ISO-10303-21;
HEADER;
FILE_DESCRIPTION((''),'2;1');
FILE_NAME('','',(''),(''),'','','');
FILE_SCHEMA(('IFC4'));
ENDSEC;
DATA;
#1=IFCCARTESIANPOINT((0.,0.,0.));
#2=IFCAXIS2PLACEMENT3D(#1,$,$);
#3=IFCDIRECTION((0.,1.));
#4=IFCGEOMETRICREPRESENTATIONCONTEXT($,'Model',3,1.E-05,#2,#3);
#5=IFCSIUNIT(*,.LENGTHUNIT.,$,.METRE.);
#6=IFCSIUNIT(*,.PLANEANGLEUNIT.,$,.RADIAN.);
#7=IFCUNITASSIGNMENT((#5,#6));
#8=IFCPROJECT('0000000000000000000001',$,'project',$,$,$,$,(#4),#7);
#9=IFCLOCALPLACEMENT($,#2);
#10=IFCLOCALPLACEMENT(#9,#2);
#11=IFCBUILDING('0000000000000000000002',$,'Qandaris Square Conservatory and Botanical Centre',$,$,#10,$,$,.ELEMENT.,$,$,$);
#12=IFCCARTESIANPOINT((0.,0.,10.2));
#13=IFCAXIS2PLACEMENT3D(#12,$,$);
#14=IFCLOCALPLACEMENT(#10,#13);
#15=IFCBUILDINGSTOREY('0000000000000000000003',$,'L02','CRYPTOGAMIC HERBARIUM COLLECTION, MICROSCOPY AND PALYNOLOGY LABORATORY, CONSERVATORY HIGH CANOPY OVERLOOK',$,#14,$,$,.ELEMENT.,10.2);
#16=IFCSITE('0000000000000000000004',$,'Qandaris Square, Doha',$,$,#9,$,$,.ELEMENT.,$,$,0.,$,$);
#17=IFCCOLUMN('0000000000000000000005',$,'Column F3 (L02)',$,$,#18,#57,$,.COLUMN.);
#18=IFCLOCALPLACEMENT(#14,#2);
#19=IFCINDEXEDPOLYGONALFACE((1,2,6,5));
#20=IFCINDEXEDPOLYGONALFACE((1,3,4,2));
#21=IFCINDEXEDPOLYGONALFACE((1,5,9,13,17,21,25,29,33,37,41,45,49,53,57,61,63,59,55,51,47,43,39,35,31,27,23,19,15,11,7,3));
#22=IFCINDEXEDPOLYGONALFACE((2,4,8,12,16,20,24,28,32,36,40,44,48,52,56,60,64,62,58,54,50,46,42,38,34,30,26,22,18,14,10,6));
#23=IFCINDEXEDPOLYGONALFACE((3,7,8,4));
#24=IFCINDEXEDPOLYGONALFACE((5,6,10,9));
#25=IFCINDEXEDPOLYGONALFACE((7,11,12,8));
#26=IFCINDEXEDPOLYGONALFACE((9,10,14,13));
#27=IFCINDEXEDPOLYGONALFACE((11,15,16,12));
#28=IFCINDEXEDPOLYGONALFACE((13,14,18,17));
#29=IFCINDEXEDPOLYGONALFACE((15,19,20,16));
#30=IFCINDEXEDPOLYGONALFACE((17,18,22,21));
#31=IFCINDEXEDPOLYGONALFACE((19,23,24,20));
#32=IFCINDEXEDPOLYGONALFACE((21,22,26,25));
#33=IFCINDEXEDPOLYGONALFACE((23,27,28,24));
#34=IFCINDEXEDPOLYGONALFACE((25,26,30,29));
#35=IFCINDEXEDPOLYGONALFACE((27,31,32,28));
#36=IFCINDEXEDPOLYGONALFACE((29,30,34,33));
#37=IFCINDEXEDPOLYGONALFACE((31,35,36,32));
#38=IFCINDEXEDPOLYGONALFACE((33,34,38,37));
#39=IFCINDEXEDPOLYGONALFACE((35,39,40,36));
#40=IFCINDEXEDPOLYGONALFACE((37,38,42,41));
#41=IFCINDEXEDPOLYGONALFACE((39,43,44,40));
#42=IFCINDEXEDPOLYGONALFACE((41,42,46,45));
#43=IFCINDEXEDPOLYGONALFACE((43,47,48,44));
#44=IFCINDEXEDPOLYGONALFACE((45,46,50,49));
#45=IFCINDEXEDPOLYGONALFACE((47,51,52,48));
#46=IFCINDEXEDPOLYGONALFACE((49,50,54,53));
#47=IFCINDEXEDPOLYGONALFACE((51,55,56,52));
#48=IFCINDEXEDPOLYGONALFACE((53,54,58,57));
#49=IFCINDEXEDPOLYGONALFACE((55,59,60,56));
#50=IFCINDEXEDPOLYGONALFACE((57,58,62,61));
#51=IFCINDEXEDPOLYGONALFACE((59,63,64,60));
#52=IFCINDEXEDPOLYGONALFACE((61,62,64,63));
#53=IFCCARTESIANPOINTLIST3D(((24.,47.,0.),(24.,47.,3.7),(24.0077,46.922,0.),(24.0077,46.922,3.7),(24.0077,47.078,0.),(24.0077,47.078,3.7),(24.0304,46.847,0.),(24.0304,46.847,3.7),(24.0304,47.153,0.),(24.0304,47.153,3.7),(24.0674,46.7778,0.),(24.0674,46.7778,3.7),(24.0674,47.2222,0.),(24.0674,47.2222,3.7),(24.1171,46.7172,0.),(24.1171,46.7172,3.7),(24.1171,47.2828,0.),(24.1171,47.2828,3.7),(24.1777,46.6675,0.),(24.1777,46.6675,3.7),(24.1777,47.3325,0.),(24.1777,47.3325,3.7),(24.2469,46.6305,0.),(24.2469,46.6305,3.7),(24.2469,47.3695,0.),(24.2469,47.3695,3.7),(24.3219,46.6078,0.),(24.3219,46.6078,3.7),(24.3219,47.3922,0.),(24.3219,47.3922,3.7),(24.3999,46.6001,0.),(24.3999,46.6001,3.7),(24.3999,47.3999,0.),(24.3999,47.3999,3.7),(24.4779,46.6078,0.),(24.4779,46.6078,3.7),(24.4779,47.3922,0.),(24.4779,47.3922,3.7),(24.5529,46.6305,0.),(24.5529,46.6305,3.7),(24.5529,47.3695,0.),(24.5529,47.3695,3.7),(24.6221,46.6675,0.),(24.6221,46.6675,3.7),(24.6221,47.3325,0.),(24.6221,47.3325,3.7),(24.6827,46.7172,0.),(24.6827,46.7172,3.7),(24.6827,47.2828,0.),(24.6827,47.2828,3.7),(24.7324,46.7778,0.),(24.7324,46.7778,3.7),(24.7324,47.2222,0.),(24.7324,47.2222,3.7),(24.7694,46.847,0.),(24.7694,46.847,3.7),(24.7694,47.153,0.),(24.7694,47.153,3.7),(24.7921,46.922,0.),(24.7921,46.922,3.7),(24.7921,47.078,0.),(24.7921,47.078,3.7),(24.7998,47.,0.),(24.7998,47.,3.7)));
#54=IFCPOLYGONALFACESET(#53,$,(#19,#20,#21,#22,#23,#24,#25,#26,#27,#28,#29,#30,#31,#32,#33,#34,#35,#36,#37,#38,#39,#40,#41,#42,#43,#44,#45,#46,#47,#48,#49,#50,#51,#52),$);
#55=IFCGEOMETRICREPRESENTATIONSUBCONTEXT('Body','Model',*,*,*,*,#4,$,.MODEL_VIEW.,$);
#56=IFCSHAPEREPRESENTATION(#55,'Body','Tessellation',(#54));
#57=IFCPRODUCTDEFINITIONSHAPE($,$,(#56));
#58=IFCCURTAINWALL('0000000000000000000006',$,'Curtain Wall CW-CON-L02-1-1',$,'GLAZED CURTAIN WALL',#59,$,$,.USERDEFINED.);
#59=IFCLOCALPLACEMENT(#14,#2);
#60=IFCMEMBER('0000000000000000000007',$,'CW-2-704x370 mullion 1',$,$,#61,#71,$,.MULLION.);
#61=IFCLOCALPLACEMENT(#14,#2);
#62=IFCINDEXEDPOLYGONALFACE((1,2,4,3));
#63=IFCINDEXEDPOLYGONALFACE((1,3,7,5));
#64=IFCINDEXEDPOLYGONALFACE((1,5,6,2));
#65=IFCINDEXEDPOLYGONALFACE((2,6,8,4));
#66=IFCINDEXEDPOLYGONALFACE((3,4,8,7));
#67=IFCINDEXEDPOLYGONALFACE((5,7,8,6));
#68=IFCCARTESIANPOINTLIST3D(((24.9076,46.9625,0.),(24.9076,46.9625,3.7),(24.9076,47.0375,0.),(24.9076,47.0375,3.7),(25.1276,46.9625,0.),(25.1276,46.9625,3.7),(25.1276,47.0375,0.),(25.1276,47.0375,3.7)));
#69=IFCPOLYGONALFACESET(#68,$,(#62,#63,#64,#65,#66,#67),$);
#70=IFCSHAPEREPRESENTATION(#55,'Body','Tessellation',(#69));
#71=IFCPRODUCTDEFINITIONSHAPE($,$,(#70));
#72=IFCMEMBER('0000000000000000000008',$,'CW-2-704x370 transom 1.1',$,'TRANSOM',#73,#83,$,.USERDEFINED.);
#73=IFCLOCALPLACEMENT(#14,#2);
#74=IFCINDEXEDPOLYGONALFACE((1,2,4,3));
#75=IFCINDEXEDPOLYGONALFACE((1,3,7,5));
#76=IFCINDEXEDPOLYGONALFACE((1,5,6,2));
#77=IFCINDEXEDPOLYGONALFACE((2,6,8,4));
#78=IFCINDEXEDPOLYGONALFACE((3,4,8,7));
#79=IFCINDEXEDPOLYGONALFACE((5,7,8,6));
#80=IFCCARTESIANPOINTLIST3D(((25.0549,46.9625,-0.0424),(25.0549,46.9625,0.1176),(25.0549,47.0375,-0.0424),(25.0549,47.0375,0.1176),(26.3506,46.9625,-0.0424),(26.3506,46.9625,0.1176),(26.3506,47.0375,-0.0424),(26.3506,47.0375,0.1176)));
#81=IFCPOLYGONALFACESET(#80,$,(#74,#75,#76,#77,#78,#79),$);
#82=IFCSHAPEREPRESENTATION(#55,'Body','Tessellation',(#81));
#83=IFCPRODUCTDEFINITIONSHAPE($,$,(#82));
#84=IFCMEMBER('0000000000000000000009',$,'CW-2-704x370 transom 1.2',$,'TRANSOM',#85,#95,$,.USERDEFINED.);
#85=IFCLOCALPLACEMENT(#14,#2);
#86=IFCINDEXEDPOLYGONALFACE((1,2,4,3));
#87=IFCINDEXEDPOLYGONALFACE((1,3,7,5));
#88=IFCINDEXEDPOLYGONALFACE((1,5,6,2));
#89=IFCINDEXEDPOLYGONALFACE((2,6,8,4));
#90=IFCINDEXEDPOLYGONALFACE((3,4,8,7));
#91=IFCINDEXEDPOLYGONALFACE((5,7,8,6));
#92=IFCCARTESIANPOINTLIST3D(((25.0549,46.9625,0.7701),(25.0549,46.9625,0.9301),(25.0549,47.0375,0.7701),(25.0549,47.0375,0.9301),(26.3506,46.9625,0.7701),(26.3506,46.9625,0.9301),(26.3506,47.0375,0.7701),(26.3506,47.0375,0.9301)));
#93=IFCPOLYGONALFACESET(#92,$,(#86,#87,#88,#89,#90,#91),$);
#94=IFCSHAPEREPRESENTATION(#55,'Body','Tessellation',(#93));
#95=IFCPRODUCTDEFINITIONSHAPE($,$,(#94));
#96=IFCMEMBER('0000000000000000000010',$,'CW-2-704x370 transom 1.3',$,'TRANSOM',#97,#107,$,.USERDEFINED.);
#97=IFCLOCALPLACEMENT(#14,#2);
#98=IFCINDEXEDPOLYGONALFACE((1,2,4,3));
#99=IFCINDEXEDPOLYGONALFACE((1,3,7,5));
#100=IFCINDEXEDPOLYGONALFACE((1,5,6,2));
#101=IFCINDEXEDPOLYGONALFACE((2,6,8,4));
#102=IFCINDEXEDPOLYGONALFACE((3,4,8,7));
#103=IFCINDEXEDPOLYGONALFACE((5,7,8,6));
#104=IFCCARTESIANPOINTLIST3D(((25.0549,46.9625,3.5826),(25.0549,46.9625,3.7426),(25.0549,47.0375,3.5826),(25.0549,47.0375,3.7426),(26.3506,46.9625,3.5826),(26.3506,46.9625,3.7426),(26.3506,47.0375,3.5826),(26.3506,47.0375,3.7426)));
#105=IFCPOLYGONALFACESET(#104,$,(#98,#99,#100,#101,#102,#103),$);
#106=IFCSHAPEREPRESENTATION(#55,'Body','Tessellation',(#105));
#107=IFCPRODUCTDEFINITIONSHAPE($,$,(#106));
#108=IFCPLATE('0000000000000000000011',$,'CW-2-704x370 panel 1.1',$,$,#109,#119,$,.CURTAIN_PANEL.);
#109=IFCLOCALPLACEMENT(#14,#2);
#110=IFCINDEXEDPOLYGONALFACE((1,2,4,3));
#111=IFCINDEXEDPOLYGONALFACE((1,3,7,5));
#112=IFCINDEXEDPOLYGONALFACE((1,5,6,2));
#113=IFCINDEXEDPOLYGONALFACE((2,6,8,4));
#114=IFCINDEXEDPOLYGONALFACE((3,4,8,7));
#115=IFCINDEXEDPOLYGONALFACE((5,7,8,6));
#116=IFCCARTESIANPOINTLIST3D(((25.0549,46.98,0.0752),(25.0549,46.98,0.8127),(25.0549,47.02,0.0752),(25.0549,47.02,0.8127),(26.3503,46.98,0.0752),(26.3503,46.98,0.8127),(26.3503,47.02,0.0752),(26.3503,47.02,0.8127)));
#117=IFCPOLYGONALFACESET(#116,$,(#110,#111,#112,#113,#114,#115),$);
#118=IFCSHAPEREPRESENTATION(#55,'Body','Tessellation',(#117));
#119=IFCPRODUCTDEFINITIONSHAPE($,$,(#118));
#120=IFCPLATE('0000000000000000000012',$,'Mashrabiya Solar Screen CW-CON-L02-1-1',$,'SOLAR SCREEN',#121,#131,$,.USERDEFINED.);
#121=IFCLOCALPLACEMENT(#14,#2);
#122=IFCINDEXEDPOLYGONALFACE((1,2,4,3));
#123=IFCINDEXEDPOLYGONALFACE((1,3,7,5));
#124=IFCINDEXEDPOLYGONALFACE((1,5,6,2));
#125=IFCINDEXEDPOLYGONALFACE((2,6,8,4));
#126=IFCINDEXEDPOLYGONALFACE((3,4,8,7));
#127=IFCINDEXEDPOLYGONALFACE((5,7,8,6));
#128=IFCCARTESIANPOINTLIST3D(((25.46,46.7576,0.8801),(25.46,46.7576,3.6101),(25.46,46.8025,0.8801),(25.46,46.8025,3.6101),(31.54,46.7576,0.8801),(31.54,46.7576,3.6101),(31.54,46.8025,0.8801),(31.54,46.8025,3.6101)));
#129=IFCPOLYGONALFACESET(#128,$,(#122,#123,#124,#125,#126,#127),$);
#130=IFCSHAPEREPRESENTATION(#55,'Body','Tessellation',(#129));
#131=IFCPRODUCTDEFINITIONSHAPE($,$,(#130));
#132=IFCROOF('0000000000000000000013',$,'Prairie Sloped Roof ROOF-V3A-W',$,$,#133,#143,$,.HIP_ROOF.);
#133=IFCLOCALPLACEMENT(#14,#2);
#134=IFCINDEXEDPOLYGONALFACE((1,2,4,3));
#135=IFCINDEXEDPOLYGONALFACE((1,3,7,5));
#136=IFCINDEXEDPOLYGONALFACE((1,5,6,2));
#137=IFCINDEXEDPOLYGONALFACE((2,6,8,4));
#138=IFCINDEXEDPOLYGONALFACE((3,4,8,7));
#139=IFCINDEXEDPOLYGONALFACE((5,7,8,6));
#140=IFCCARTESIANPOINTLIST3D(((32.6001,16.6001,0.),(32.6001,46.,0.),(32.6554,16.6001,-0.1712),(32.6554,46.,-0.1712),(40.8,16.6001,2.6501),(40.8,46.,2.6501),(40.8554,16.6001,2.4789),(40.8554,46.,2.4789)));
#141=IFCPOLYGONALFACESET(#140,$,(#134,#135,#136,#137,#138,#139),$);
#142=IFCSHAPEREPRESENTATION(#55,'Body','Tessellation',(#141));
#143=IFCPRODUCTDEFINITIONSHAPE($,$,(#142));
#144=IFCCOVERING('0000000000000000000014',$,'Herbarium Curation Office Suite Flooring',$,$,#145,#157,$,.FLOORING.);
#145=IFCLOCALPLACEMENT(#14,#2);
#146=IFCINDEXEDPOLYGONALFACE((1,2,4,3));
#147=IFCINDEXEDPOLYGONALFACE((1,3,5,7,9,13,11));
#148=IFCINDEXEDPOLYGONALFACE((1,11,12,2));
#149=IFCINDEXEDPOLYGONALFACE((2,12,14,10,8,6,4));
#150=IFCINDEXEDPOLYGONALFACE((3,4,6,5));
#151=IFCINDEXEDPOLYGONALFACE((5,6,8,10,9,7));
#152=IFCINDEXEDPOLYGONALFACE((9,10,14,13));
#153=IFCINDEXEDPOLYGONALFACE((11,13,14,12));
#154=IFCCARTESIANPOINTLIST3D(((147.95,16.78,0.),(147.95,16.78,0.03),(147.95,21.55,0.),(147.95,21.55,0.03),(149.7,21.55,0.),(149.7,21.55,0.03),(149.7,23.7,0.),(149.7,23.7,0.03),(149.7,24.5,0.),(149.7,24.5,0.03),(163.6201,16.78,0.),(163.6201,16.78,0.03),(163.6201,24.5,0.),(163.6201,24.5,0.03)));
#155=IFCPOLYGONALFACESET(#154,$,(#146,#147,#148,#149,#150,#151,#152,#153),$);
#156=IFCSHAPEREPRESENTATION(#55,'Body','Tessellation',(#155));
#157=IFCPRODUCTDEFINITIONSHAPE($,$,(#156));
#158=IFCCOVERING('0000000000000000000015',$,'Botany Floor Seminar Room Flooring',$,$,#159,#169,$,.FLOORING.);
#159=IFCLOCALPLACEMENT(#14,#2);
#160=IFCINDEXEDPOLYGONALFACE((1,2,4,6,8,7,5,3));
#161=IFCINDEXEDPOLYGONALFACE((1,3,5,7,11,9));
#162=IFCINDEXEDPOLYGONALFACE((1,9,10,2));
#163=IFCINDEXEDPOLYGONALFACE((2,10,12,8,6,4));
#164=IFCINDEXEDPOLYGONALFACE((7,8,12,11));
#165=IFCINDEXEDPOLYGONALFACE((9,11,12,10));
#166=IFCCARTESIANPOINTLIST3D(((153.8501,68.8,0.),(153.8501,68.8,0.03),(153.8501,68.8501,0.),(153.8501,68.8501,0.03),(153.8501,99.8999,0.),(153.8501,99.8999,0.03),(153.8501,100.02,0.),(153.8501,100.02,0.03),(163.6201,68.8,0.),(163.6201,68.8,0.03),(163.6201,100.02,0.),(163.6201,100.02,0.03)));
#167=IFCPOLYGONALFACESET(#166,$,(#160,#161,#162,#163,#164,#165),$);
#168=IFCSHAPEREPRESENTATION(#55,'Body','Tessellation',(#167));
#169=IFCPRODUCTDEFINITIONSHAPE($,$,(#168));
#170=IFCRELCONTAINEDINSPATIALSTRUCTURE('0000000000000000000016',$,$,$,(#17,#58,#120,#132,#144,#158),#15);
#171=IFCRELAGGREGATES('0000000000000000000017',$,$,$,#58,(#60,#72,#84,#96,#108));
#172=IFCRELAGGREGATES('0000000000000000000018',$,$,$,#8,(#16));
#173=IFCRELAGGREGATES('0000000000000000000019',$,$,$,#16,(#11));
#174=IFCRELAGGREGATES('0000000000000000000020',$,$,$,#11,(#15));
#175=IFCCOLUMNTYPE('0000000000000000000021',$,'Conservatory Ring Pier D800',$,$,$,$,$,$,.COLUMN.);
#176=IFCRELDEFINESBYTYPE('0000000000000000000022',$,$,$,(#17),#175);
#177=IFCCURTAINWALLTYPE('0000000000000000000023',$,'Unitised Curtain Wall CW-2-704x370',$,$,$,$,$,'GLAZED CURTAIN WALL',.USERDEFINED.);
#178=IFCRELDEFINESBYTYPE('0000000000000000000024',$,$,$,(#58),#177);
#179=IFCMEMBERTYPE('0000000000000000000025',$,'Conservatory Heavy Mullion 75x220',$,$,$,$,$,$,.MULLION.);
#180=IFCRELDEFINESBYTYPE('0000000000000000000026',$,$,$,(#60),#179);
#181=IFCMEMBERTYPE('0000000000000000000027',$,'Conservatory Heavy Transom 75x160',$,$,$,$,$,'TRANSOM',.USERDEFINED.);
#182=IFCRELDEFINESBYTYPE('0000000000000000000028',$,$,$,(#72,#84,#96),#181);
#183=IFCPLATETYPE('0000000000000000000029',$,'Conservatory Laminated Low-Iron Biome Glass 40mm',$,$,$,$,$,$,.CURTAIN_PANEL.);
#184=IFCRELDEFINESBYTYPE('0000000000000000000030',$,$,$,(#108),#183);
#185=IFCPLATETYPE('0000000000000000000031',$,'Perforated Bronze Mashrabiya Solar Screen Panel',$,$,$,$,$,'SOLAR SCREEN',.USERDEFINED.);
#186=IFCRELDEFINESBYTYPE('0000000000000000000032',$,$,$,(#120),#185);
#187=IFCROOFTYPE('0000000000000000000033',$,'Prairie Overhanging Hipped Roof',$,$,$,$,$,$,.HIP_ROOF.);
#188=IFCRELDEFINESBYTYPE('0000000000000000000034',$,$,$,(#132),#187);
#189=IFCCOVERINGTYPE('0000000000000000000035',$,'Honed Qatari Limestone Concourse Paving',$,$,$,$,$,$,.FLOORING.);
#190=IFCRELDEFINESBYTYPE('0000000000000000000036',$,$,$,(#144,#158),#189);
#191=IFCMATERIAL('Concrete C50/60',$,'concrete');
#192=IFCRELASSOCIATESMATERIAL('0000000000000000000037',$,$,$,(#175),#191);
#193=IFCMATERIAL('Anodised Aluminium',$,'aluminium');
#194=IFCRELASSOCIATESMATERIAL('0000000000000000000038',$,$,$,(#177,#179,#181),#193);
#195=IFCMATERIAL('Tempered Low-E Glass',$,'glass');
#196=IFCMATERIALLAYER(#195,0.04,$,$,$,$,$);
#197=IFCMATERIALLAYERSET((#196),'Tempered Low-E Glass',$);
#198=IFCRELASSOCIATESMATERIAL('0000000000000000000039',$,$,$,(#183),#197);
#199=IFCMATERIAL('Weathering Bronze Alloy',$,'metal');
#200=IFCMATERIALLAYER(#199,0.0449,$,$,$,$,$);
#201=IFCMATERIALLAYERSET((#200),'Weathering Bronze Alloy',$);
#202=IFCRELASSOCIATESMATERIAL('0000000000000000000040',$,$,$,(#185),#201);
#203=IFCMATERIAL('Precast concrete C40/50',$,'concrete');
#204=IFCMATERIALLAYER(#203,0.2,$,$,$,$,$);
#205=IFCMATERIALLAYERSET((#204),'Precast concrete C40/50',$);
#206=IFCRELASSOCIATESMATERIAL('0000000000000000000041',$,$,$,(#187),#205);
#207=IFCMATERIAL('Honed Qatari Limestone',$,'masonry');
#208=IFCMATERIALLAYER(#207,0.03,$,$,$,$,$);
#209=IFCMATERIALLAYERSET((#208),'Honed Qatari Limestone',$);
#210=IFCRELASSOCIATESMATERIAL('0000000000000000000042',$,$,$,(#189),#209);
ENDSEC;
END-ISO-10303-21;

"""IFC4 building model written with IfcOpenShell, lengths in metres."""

from ifc_helpers import new_model, si_unit, direction, frame, origin, origin_2d, place, context, subcontext, project, spatial, polyline, rectangle, circle, outline, extrude, material, layer, layer_set, material_profile, profile_set, type_object, element, aggregate, save


model = new_model("IFC4")

# Units and contexts
model_context = context("Model", 3, precision=1e-05, world=origin(), true_north=direction((0.0, 1.0)))
body_context = subcontext(model_context, "Body", "Model", "MODEL_VIEW")
ifc_project = project(units=[si_unit("LENGTHUNIT", "METRE"), si_unit("PLANEANGLEUNIT", "RADIAN")], contexts=[model_context])

# Site, building, storey
site_placement = place(None, origin())
site = spatial("IfcSite", under=ifc_project, at=site_placement, Name="Qandaris Square, Doha", CompositionType="ELEMENT", RefElevation=0.0)
building_placement = place(site_placement, origin())
building = spatial("IfcBuilding", under=site, at=building_placement, Name="Qandaris Square Conservatory and Botanical Centre", CompositionType="ELEMENT")
storey_placement = place(building_placement, frame((0.0, 0.0, 10.2)))
storey = spatial("IfcBuildingStorey", under=building, at=storey_placement, Name="L02", Description="CRYPTOGAMIC HERBARIUM COLLECTION, MICROSCOPY AND PALYNOLOGY LABORATORY, CONSERVATORY HIGH CANOPY OVERLOOK", CompositionType="ELEMENT", Elevation=10.2)

# Column
ifc_material_1 = material(Name="Concrete C50/60", Category="concrete")
ifc_material_profile_1 = material_profile(ifc_material_1, circle(Radius=0.3999, at=origin_2d()), Name="RC-COL D800")
ifc_profile_set_1 = profile_set([ifc_material_profile_1], Name="Concrete C50/60")
column_type = type_object("IfcColumnType", Name="Conservatory Ring Pier D800", PredefinedType="COLUMN", material=ifc_profile_set_1)
column_placement = place(storey_placement, frame((24.3999, 47.0, 0.0), z_axis=(0.0, 0.0, 1.0), x_axis=(1.0, 0.0, 0.0)))
element("IfcColumn", 1, at=column_placement, inside=storey, type_object=column_type, Name="Column F3 (L02)", PredefinedType="COLUMN", context=body_context, shape_type="SweptSolid", body=[
    extrude(circle(Radius=0.3999, at=origin_2d()), origin(), (0.0, 0.0, 1.0), 3.7),
])

# Curtain wall, members, plate
ifc_material_2 = material(Name="Anodised Aluminium", Category="aluminium")
curtain_wall_type = type_object("IfcCurtainWallType", Name="Unitised Curtain Wall CW-2-704x370", ElementType="GLAZED CURTAIN WALL", PredefinedType="USERDEFINED", material=ifc_material_2)
curtain_wall_placement = place(storey_placement, origin())
curtain_wall = element("IfcCurtainWall", 2, at=curtain_wall_placement, inside=storey, type_object=curtain_wall_type, Name="Curtain Wall CW-CON-L02-1-1", ObjectType="GLAZED CURTAIN WALL", PredefinedType="USERDEFINED")
ifc_material_profile_2 = material_profile(ifc_material_2, rectangle(XDim=0.075, YDim=0.22, at=origin_2d()), Name="ALU-MUL 75x220")
ifc_profile_set_2 = profile_set([ifc_material_profile_2], Name="Anodised Aluminium")
member_type_1 = type_object("IfcMemberType", Name="Conservatory Heavy Mullion 75x220", PredefinedType="MULLION", material=ifc_profile_set_2)
member_1_placement = place(storey_placement, frame((25.0176, 47.0, 0.0), z_axis=(0.0, 0.0, 1.0), x_axis=(0.0, 1.0, 0.0)))
member_1 = element("IfcMember", 3, at=member_1_placement, type_object=member_type_1, Name="CW-2-704x370 mullion 1", PredefinedType="MULLION", context=body_context, shape_type="SweptSolid", body=[
    extrude(rectangle(XDim=0.075, YDim=0.22, at=origin_2d()), origin(), (0.0, 0.0, 1.0), 3.7),
])
ifc_material_profile_3 = material_profile(ifc_material_2, rectangle(XDim=0.075, YDim=0.1599, at=origin_2d()), Name="ALU-TRN 75x160")
ifc_profile_set_3 = profile_set([ifc_material_profile_3], Name="Anodised Aluminium")
member_type_2 = type_object("IfcMemberType", Name="Conservatory Heavy Transom 75x160", ElementType="TRANSOM", PredefinedType="USERDEFINED", material=ifc_profile_set_3)
member_2_placement = place(storey_placement, frame((25.0549, 47.0, 0.0376), z_axis=(1.0, 0.0, 0.0), x_axis=(0.0, 1.0, 0.0)))
member_2 = element("IfcMember", 4, at=member_2_placement, type_object=member_type_2, Name="CW-2-704x370 transom 1.1", ObjectType="TRANSOM", PredefinedType="USERDEFINED", context=body_context, shape_type="SweptSolid", body=[
    extrude(rectangle(XDim=0.075, YDim=0.1599, at=origin_2d()), origin(), (0.0, 0.0, 1.0), 1.2957),
])
member_3_placement = place(storey_placement, frame((25.0549, 47.0, 0.8501), z_axis=(1.0, 0.0, 0.0), x_axis=(0.0, 1.0, 0.0)))
member_3 = element("IfcMember", 5, at=member_3_placement, type_object=member_type_2, Name="CW-2-704x370 transom 1.2", ObjectType="TRANSOM", PredefinedType="USERDEFINED", context=body_context, shape_type="SweptSolid", body=[
    extrude(rectangle(XDim=0.075, YDim=0.1599, at=origin_2d()), origin(), (0.0, 0.0, 1.0), 1.2957),
])
member_4_placement = place(storey_placement, frame((25.0549, 47.0, 3.6626), z_axis=(1.0, 0.0, 0.0), x_axis=(0.0, 1.0, 0.0)))
member_4 = element("IfcMember", 6, at=member_4_placement, type_object=member_type_2, Name="CW-2-704x370 transom 1.3", ObjectType="TRANSOM", PredefinedType="USERDEFINED", context=body_context, shape_type="SweptSolid", body=[
    extrude(rectangle(XDim=0.075, YDim=0.1599, at=origin_2d()), origin(), (0.0, 0.0, 1.0), 1.2957),
])
ifc_material_3 = material(Name="Tempered Low-E Glass", Category="glass")
ifc_layer_1 = layer(ifc_material_3, 0.04)
ifc_layer_set_1 = layer_set([ifc_layer_1], Name="Tempered Low-E Glass")
plate_type_1 = type_object("IfcPlateType", Name="Conservatory Laminated Low-Iron Biome Glass 40mm", PredefinedType="CURTAIN_PANEL", material=ifc_layer_set_1)
plate_1_placement = place(storey_placement, frame((25.7026, 47.0, 0.0752), z_axis=(0.0, 0.0, 1.0), x_axis=(1.0, 0.0, 0.0)))
plate_1 = element("IfcPlate", 7, at=plate_1_placement, type_object=plate_type_1, Name="CW-2-704x370 panel 1.1", PredefinedType="CURTAIN_PANEL", context=body_context, shape_type="SweptSolid", body=[
    extrude(rectangle(XDim=1.2954, YDim=0.04, at=origin_2d()), origin(), (0.0, 0.0, 1.0), 0.7375),
])
aggregate(curtain_wall, [member_1, member_2, member_3, member_4, plate_1])

# Plate
ifc_material_4 = material(Name="Weathering Bronze Alloy", Category="metal")
ifc_layer_2 = layer(ifc_material_4, 0.0449)
ifc_layer_set_2 = layer_set([ifc_layer_2], Name="Weathering Bronze Alloy")
plate_type_2 = type_object("IfcPlateType", Name="Perforated Bronze Mashrabiya Solar Screen Panel", ElementType="SOLAR SCREEN", PredefinedType="USERDEFINED", material=ifc_layer_set_2)
plate_2_placement = place(storey_placement, frame((28.5, 46.78, 0.8801), z_axis=(0.0, 0.0, 1.0), x_axis=(1.0, 0.0, 0.0)))
element("IfcPlate", 8, at=plate_2_placement, inside=storey, type_object=plate_type_2, Name="Mashrabiya Solar Screen CW-CON-L02-1-1", ObjectType="SOLAR SCREEN", PredefinedType="USERDEFINED", context=body_context, shape_type="SweptSolid", body=[
    extrude(rectangle(XDim=6.0801, YDim=0.0449, at=origin_2d()), origin(), (0.0, 0.0, 1.0), 2.73),
])

# Roof
ifc_material_5 = material(Name="Precast concrete C40/50", Category="concrete")
ifc_layer_3 = layer(ifc_material_5, 0.2)
ifc_layer_set_3 = layer_set([ifc_layer_3], Name="Precast concrete C40/50")
roof_type = type_object("IfcRoofType", Name="Prairie Overhanging Hipped Roof", PredefinedType="HIP_ROOF", material=ifc_layer_set_3)
roof_placement = place(storey_placement, frame((32.6001, 16.6001, 0.0), z_axis=(-0.307528, 0.0, 0.951539), x_axis=(0.951539, 0.0, 0.307528)))
element("IfcRoof", 9, at=roof_placement, inside=storey, type_object=roof_type, Name="Prairie Sloped Roof ROOF-V3A-W", PredefinedType="HIP_ROOF", context=body_context, shape_type="SweptSolid", body=[
    extrude(outline(polyline([(0.0, 0.0), (8.6176, 0.0), (8.6176, 29.3999), (0.0, 29.3999), (0.0, 0.0)])), origin(), (0.0, 0.0, -1.0), 0.1799),
])

# Coverings
ifc_material_6 = material(Name="Honed Qatari Limestone", Category="masonry")
ifc_layer_4 = layer(ifc_material_6, 0.03)
ifc_layer_set_4 = layer_set([ifc_layer_4], Name="Honed Qatari Limestone")
covering_type_1 = type_object("IfcCoveringType", Name="Honed Qatari Limestone Concourse Paving", PredefinedType="FLOORING", material=ifc_layer_set_4)
covering_1_placement = place(storey_placement, origin())
element("IfcCovering", 10, at=covering_1_placement, inside=storey, type_object=covering_type_1, Name="Herbarium Curation Office Suite Flooring", PredefinedType="FLOORING", context=body_context, shape_type="SweptSolid", body=[
    extrude(outline(polyline([(147.95, 21.55), (149.7, 21.55), (149.7, 23.7), (149.7, 24.5), (163.6201, 24.5), (163.6201, 16.78), (147.95, 16.78), (147.95, 21.55)])), origin(), (0.0, 0.0, 1.0), 0.03),
])
covering_2_placement = place(storey_placement, origin())
element("IfcCovering", 11, at=covering_2_placement, inside=storey, type_object=covering_type_1, Name="Botany Floor Seminar Room Flooring", PredefinedType="FLOORING", context=body_context, shape_type="SweptSolid", body=[
    extrude(outline(polyline([(153.8501, 68.8), (153.8501, 68.8501), (153.8501, 99.8999), (153.8501, 100.02), (163.6201, 100.02), (163.6201, 68.8), (153.8501, 68.8)])), origin(), (0.0, 0.0, 1.0), 0.03),
])

save(model, "model.ifc")
